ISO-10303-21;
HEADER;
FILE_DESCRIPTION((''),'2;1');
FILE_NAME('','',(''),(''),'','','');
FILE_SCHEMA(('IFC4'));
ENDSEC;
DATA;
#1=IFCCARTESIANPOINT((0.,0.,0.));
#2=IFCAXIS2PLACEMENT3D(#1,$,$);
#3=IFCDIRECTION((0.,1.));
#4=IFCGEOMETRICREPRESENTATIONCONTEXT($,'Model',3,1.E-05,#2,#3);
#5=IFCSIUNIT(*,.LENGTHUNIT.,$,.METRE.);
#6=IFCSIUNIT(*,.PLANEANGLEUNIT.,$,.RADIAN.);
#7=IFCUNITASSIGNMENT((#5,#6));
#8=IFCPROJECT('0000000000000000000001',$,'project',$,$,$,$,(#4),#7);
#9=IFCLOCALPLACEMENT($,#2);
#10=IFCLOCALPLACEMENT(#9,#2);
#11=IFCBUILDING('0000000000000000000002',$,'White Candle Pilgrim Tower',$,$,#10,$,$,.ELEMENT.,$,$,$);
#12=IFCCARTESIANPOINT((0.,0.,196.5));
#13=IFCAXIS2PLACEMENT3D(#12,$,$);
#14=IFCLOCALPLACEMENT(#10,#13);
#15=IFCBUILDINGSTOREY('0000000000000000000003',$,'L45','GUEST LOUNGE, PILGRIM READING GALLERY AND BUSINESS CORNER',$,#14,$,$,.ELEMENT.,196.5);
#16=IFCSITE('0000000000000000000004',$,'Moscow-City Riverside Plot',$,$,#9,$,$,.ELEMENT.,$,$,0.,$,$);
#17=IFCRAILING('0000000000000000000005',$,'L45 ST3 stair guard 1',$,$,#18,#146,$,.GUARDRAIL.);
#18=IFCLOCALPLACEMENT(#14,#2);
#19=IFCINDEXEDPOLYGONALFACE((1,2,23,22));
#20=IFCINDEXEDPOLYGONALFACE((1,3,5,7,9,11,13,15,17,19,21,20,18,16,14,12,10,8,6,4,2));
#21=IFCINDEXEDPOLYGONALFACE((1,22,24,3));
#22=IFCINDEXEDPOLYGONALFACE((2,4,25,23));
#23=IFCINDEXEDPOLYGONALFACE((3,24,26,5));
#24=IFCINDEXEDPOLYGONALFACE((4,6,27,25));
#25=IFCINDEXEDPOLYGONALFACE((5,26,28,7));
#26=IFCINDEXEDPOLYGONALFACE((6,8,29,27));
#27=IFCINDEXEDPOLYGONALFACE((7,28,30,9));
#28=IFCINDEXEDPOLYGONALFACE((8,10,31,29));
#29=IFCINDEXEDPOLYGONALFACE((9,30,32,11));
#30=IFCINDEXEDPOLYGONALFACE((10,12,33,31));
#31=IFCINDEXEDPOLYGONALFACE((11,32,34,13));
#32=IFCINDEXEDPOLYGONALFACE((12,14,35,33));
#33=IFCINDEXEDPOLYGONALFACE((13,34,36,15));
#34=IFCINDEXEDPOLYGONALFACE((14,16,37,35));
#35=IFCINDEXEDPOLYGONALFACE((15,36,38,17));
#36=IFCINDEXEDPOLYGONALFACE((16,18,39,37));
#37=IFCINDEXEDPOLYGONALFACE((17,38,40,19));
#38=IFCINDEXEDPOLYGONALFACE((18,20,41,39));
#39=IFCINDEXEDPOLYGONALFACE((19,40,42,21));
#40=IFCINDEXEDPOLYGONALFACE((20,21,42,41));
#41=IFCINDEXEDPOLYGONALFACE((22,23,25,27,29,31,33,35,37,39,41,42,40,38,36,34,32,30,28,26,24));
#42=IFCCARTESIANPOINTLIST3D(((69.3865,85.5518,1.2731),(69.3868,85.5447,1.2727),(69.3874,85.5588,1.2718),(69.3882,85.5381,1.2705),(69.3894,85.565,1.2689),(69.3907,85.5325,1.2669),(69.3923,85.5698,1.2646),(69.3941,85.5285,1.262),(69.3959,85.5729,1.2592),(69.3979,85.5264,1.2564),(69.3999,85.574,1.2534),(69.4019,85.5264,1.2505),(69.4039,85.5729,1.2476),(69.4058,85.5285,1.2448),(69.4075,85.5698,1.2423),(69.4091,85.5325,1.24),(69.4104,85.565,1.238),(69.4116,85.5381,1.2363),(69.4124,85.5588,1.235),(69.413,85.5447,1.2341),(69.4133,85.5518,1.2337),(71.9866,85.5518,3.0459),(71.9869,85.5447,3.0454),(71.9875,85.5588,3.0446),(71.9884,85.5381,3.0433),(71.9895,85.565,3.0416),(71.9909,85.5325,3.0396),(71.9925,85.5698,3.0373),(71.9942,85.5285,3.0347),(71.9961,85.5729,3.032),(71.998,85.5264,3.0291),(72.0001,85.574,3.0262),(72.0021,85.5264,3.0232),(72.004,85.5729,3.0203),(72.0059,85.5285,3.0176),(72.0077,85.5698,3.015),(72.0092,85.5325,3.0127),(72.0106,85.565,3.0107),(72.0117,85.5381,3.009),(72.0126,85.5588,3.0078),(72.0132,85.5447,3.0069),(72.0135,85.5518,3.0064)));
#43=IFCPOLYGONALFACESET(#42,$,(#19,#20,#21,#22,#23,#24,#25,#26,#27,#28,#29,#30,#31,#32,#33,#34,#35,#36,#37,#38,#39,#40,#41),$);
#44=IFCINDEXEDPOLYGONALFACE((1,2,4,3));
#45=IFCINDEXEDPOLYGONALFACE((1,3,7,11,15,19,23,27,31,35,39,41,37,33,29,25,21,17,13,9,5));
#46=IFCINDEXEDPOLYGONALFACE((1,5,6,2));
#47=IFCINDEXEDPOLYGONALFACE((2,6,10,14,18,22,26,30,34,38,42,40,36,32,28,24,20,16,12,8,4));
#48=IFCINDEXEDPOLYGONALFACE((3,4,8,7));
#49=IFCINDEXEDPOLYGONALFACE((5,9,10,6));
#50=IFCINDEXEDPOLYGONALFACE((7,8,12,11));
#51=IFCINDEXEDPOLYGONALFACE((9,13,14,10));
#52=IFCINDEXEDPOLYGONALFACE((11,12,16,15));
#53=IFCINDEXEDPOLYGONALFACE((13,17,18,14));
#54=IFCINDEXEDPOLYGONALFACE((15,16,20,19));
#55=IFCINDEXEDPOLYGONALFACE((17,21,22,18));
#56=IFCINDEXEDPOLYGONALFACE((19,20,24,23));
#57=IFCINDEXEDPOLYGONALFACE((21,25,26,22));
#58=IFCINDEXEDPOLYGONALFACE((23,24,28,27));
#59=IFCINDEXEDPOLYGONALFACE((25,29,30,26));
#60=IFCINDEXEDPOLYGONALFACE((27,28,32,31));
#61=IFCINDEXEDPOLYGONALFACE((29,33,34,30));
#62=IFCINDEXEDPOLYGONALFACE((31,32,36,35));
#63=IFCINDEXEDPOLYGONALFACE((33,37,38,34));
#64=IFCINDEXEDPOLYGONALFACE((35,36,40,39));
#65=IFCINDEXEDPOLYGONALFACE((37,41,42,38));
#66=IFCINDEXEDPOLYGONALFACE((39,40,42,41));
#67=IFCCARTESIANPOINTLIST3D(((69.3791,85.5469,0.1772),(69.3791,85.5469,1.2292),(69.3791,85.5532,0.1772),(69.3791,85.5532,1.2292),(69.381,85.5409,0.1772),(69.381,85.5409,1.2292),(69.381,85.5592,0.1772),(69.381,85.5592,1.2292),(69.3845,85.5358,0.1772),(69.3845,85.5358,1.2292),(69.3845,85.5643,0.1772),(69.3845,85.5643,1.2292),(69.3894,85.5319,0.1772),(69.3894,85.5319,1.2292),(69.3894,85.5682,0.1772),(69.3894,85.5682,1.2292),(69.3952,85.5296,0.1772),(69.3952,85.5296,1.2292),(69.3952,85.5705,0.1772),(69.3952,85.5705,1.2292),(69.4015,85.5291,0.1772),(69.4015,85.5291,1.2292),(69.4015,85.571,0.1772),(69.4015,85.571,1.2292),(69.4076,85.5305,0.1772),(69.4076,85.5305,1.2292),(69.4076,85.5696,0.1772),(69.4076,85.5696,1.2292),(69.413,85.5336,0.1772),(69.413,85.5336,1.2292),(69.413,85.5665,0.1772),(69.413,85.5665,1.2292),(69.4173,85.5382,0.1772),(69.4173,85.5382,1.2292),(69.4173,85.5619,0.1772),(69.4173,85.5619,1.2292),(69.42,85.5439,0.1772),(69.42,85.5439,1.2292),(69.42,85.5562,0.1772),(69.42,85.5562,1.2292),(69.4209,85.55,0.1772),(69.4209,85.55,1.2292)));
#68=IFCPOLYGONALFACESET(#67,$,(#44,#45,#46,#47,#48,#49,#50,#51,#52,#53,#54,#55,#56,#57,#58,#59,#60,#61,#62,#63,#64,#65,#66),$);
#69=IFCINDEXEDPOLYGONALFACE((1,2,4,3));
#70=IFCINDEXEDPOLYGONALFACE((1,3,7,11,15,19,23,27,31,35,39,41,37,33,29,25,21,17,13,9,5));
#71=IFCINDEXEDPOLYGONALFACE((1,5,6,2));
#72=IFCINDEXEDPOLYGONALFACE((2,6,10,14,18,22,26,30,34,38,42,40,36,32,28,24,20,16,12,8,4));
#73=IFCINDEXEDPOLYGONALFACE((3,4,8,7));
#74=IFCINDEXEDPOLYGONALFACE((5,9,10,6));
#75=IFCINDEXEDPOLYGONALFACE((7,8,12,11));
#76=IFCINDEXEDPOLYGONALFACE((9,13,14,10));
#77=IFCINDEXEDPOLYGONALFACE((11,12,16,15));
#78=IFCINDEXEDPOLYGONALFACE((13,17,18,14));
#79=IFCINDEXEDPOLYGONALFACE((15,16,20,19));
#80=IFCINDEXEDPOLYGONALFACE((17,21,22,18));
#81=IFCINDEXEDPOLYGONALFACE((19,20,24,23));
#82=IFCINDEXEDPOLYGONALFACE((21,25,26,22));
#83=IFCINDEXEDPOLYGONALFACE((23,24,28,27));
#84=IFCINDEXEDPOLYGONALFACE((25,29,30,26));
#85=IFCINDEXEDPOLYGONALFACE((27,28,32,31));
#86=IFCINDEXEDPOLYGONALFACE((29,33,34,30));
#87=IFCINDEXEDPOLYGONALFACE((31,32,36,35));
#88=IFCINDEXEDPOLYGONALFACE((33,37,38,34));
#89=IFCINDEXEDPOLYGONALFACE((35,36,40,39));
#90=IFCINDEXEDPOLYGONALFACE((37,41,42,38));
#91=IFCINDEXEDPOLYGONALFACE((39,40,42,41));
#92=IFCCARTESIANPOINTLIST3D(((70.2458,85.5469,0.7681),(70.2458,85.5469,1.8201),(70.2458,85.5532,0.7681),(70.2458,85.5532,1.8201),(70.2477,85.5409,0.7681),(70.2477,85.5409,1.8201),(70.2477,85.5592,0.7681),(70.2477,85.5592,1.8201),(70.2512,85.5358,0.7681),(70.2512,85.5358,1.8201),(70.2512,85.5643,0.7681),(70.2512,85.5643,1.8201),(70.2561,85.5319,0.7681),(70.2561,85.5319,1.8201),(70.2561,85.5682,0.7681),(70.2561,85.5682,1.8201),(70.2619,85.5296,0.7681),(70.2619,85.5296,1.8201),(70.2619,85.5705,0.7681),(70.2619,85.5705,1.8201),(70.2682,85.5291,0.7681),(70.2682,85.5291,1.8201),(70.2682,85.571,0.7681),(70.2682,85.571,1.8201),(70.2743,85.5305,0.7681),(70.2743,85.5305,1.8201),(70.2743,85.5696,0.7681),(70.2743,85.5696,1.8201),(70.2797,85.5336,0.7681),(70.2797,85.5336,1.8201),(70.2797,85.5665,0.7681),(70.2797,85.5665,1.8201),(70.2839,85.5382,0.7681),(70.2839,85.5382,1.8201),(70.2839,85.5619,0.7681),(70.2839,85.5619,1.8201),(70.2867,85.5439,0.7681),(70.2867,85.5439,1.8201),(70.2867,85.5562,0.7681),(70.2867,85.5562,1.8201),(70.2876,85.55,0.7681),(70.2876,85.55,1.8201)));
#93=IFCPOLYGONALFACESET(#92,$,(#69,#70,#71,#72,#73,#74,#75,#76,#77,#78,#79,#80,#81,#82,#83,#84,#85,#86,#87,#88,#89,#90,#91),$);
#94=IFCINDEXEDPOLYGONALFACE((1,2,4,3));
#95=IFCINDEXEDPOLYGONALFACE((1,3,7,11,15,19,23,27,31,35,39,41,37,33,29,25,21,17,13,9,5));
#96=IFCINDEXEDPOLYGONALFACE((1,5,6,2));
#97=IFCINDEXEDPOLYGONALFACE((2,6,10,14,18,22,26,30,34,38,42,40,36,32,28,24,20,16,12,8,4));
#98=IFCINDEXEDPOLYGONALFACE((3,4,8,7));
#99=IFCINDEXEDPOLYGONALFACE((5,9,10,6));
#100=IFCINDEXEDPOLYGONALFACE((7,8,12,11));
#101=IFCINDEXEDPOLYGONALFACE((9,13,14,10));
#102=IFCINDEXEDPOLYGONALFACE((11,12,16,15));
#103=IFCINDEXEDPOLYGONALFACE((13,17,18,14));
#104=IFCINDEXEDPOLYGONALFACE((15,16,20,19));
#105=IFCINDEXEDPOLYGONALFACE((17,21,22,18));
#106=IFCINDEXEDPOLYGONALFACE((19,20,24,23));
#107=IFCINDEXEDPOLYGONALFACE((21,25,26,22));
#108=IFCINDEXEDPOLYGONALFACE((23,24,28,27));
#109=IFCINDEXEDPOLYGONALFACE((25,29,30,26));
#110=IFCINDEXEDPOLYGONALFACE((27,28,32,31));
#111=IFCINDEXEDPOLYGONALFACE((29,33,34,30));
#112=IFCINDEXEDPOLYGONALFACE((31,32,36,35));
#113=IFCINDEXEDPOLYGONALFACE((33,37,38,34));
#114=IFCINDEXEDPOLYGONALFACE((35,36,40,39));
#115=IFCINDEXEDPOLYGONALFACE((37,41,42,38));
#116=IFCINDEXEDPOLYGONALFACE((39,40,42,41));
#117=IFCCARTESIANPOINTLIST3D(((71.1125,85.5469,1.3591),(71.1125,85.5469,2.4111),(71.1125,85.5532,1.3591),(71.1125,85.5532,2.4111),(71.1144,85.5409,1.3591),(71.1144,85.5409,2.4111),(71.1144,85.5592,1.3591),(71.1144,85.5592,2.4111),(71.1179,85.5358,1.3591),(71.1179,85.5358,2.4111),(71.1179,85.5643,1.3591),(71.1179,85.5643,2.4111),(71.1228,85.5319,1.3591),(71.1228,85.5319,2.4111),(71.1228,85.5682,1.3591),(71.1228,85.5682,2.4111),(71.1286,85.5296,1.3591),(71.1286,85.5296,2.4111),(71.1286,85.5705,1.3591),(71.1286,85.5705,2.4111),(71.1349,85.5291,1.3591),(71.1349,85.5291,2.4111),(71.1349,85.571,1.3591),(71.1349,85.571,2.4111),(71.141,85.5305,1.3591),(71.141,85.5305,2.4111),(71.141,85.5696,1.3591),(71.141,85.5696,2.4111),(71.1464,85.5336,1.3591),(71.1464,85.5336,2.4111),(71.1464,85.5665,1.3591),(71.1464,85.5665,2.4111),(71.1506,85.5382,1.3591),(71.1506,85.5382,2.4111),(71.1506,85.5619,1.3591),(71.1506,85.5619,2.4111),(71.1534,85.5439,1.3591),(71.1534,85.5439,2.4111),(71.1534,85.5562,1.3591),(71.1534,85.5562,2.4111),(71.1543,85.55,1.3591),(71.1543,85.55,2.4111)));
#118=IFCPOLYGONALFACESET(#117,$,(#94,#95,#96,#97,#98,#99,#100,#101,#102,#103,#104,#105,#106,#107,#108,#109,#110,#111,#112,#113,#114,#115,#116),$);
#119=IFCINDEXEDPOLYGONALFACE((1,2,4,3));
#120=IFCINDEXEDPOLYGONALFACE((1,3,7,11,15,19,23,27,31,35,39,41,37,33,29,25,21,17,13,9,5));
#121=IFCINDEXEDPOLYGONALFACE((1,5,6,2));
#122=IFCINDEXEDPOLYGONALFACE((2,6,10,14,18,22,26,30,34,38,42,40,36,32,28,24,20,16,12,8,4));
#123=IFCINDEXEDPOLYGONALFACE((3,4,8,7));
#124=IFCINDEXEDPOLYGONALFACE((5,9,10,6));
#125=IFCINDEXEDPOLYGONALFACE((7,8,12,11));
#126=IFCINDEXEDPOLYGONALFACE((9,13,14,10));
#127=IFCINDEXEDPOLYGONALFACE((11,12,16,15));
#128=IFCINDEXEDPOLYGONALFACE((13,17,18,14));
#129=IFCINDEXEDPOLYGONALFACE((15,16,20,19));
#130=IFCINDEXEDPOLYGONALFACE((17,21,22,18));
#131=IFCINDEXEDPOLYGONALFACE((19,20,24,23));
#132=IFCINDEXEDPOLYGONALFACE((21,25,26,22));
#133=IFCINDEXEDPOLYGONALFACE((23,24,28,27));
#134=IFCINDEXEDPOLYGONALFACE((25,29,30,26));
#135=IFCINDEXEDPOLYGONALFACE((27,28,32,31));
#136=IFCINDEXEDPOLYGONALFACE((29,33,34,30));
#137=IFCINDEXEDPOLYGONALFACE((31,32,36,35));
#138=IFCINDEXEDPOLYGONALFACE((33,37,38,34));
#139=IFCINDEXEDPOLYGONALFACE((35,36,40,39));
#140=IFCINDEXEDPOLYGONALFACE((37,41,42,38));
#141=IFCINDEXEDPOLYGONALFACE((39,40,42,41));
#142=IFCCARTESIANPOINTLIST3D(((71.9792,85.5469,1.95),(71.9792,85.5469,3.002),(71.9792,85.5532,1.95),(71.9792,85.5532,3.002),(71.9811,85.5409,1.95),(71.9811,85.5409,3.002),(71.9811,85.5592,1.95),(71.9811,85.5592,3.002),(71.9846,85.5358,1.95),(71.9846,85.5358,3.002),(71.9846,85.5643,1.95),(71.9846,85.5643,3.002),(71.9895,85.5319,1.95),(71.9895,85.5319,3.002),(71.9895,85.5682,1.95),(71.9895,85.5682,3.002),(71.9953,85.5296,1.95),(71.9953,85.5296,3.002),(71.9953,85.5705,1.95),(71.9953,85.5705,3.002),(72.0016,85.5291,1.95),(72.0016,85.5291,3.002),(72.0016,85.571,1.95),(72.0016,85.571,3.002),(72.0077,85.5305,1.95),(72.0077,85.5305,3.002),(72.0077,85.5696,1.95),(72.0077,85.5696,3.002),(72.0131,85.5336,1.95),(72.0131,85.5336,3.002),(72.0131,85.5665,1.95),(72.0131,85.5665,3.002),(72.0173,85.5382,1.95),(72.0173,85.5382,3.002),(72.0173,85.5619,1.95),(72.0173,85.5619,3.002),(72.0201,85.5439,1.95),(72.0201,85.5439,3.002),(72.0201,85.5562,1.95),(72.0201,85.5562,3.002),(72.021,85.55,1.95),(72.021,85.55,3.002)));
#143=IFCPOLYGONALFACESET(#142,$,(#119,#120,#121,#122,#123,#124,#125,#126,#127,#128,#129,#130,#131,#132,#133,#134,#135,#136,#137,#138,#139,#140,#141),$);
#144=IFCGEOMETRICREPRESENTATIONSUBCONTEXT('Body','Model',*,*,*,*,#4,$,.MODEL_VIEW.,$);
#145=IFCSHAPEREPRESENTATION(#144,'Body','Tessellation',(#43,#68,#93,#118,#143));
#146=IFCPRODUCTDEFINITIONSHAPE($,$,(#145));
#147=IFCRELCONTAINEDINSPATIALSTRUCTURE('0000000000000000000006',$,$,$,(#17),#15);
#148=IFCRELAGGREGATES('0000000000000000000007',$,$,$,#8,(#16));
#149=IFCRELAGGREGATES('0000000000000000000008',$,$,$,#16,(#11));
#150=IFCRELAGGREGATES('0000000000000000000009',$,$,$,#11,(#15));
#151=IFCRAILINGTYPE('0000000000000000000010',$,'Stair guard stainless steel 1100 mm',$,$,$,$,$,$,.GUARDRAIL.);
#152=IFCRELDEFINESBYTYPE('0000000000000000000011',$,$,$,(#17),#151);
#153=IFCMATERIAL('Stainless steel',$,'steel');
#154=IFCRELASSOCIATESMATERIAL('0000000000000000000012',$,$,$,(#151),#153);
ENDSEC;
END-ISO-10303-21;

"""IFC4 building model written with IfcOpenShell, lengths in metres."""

from ifc_helpers import new_model, si_unit, direction, frame, origin, origin_2d, place, context, subcontext, project, spatial, circle, extrude, material, type_object, element, save


model = new_model("IFC4")

# Units and contexts
model_context = context("Model", 3, precision=1e-05, world=origin(), true_north=direction((0.0, 1.0)))
body_context = subcontext(model_context, "Body", "Model", "MODEL_VIEW")
ifc_project = project(units=[si_unit("LENGTHUNIT", "METRE"), si_unit("PLANEANGLEUNIT", "RADIAN")], contexts=[model_context])

# Site, building, storey
site_placement = place(None, origin())
site = spatial("IfcSite", under=ifc_project, at=site_placement, Name="Moscow-City Riverside Plot", CompositionType="ELEMENT", RefElevation=0.0)
building_placement = place(site_placement, origin())
building = spatial("IfcBuilding", under=site, at=building_placement, Name="White Candle Pilgrim Tower", CompositionType="ELEMENT")
storey_placement = place(building_placement, frame((0.0, 0.0, 196.5)))
storey = spatial("IfcBuildingStorey", under=building, at=storey_placement, Name="L45", Description="GUEST LOUNGE, PILGRIM READING GALLERY AND BUSINESS CORNER", CompositionType="ELEMENT", Elevation=196.5)

# Railing
ifc_material_1 = material(Name="Stainless steel", Category="steel")
railing_type_1 = type_object("IfcRailingType", Name="Stair guard stainless steel 1100 mm", PredefinedType="GUARDRAIL", material=ifc_material_1)
railing_1_placement = place(storey_placement, frame((69.3999, 85.55, 0.1772)))
element("IfcRailing", 1, at=railing_1_placement, inside=storey, type_object=railing_type_1, Name="L45 ST3 stair guard 1", PredefinedType="GUARDRAIL", context=body_context, shape_type="SweptSolid", body=[
    extrude(circle(Radius=0.0239, at=origin_2d()), frame((0.0, 0.0, 1.0762), z_axis=(0.82624, 0.0, 0.563318), x_axis=(0.0, 1.0, 0.0)), (0.0, 0.0, 1.0), 3.147),
    extrude(circle(Radius=0.021, at=origin_2d()), origin(), (0.0, 0.0, 1.0), 1.052),
    extrude(circle(Radius=0.021, at=origin_2d()), frame((0.8667, 0.0, 0.5908)), (0.0, 0.0, 1.0), 1.052),
    extrude(circle(Radius=0.021, at=origin_2d()), frame((1.7334, 0.0, 1.1819)), (0.0, 0.0, 1.0), 1.052),
    extrude(circle(Radius=0.021, at=origin_2d()), frame((2.6001, 0.0, 1.7727)), (0.0, 0.0, 1.0), 1.052),
])

save(model, "model.ifc")
